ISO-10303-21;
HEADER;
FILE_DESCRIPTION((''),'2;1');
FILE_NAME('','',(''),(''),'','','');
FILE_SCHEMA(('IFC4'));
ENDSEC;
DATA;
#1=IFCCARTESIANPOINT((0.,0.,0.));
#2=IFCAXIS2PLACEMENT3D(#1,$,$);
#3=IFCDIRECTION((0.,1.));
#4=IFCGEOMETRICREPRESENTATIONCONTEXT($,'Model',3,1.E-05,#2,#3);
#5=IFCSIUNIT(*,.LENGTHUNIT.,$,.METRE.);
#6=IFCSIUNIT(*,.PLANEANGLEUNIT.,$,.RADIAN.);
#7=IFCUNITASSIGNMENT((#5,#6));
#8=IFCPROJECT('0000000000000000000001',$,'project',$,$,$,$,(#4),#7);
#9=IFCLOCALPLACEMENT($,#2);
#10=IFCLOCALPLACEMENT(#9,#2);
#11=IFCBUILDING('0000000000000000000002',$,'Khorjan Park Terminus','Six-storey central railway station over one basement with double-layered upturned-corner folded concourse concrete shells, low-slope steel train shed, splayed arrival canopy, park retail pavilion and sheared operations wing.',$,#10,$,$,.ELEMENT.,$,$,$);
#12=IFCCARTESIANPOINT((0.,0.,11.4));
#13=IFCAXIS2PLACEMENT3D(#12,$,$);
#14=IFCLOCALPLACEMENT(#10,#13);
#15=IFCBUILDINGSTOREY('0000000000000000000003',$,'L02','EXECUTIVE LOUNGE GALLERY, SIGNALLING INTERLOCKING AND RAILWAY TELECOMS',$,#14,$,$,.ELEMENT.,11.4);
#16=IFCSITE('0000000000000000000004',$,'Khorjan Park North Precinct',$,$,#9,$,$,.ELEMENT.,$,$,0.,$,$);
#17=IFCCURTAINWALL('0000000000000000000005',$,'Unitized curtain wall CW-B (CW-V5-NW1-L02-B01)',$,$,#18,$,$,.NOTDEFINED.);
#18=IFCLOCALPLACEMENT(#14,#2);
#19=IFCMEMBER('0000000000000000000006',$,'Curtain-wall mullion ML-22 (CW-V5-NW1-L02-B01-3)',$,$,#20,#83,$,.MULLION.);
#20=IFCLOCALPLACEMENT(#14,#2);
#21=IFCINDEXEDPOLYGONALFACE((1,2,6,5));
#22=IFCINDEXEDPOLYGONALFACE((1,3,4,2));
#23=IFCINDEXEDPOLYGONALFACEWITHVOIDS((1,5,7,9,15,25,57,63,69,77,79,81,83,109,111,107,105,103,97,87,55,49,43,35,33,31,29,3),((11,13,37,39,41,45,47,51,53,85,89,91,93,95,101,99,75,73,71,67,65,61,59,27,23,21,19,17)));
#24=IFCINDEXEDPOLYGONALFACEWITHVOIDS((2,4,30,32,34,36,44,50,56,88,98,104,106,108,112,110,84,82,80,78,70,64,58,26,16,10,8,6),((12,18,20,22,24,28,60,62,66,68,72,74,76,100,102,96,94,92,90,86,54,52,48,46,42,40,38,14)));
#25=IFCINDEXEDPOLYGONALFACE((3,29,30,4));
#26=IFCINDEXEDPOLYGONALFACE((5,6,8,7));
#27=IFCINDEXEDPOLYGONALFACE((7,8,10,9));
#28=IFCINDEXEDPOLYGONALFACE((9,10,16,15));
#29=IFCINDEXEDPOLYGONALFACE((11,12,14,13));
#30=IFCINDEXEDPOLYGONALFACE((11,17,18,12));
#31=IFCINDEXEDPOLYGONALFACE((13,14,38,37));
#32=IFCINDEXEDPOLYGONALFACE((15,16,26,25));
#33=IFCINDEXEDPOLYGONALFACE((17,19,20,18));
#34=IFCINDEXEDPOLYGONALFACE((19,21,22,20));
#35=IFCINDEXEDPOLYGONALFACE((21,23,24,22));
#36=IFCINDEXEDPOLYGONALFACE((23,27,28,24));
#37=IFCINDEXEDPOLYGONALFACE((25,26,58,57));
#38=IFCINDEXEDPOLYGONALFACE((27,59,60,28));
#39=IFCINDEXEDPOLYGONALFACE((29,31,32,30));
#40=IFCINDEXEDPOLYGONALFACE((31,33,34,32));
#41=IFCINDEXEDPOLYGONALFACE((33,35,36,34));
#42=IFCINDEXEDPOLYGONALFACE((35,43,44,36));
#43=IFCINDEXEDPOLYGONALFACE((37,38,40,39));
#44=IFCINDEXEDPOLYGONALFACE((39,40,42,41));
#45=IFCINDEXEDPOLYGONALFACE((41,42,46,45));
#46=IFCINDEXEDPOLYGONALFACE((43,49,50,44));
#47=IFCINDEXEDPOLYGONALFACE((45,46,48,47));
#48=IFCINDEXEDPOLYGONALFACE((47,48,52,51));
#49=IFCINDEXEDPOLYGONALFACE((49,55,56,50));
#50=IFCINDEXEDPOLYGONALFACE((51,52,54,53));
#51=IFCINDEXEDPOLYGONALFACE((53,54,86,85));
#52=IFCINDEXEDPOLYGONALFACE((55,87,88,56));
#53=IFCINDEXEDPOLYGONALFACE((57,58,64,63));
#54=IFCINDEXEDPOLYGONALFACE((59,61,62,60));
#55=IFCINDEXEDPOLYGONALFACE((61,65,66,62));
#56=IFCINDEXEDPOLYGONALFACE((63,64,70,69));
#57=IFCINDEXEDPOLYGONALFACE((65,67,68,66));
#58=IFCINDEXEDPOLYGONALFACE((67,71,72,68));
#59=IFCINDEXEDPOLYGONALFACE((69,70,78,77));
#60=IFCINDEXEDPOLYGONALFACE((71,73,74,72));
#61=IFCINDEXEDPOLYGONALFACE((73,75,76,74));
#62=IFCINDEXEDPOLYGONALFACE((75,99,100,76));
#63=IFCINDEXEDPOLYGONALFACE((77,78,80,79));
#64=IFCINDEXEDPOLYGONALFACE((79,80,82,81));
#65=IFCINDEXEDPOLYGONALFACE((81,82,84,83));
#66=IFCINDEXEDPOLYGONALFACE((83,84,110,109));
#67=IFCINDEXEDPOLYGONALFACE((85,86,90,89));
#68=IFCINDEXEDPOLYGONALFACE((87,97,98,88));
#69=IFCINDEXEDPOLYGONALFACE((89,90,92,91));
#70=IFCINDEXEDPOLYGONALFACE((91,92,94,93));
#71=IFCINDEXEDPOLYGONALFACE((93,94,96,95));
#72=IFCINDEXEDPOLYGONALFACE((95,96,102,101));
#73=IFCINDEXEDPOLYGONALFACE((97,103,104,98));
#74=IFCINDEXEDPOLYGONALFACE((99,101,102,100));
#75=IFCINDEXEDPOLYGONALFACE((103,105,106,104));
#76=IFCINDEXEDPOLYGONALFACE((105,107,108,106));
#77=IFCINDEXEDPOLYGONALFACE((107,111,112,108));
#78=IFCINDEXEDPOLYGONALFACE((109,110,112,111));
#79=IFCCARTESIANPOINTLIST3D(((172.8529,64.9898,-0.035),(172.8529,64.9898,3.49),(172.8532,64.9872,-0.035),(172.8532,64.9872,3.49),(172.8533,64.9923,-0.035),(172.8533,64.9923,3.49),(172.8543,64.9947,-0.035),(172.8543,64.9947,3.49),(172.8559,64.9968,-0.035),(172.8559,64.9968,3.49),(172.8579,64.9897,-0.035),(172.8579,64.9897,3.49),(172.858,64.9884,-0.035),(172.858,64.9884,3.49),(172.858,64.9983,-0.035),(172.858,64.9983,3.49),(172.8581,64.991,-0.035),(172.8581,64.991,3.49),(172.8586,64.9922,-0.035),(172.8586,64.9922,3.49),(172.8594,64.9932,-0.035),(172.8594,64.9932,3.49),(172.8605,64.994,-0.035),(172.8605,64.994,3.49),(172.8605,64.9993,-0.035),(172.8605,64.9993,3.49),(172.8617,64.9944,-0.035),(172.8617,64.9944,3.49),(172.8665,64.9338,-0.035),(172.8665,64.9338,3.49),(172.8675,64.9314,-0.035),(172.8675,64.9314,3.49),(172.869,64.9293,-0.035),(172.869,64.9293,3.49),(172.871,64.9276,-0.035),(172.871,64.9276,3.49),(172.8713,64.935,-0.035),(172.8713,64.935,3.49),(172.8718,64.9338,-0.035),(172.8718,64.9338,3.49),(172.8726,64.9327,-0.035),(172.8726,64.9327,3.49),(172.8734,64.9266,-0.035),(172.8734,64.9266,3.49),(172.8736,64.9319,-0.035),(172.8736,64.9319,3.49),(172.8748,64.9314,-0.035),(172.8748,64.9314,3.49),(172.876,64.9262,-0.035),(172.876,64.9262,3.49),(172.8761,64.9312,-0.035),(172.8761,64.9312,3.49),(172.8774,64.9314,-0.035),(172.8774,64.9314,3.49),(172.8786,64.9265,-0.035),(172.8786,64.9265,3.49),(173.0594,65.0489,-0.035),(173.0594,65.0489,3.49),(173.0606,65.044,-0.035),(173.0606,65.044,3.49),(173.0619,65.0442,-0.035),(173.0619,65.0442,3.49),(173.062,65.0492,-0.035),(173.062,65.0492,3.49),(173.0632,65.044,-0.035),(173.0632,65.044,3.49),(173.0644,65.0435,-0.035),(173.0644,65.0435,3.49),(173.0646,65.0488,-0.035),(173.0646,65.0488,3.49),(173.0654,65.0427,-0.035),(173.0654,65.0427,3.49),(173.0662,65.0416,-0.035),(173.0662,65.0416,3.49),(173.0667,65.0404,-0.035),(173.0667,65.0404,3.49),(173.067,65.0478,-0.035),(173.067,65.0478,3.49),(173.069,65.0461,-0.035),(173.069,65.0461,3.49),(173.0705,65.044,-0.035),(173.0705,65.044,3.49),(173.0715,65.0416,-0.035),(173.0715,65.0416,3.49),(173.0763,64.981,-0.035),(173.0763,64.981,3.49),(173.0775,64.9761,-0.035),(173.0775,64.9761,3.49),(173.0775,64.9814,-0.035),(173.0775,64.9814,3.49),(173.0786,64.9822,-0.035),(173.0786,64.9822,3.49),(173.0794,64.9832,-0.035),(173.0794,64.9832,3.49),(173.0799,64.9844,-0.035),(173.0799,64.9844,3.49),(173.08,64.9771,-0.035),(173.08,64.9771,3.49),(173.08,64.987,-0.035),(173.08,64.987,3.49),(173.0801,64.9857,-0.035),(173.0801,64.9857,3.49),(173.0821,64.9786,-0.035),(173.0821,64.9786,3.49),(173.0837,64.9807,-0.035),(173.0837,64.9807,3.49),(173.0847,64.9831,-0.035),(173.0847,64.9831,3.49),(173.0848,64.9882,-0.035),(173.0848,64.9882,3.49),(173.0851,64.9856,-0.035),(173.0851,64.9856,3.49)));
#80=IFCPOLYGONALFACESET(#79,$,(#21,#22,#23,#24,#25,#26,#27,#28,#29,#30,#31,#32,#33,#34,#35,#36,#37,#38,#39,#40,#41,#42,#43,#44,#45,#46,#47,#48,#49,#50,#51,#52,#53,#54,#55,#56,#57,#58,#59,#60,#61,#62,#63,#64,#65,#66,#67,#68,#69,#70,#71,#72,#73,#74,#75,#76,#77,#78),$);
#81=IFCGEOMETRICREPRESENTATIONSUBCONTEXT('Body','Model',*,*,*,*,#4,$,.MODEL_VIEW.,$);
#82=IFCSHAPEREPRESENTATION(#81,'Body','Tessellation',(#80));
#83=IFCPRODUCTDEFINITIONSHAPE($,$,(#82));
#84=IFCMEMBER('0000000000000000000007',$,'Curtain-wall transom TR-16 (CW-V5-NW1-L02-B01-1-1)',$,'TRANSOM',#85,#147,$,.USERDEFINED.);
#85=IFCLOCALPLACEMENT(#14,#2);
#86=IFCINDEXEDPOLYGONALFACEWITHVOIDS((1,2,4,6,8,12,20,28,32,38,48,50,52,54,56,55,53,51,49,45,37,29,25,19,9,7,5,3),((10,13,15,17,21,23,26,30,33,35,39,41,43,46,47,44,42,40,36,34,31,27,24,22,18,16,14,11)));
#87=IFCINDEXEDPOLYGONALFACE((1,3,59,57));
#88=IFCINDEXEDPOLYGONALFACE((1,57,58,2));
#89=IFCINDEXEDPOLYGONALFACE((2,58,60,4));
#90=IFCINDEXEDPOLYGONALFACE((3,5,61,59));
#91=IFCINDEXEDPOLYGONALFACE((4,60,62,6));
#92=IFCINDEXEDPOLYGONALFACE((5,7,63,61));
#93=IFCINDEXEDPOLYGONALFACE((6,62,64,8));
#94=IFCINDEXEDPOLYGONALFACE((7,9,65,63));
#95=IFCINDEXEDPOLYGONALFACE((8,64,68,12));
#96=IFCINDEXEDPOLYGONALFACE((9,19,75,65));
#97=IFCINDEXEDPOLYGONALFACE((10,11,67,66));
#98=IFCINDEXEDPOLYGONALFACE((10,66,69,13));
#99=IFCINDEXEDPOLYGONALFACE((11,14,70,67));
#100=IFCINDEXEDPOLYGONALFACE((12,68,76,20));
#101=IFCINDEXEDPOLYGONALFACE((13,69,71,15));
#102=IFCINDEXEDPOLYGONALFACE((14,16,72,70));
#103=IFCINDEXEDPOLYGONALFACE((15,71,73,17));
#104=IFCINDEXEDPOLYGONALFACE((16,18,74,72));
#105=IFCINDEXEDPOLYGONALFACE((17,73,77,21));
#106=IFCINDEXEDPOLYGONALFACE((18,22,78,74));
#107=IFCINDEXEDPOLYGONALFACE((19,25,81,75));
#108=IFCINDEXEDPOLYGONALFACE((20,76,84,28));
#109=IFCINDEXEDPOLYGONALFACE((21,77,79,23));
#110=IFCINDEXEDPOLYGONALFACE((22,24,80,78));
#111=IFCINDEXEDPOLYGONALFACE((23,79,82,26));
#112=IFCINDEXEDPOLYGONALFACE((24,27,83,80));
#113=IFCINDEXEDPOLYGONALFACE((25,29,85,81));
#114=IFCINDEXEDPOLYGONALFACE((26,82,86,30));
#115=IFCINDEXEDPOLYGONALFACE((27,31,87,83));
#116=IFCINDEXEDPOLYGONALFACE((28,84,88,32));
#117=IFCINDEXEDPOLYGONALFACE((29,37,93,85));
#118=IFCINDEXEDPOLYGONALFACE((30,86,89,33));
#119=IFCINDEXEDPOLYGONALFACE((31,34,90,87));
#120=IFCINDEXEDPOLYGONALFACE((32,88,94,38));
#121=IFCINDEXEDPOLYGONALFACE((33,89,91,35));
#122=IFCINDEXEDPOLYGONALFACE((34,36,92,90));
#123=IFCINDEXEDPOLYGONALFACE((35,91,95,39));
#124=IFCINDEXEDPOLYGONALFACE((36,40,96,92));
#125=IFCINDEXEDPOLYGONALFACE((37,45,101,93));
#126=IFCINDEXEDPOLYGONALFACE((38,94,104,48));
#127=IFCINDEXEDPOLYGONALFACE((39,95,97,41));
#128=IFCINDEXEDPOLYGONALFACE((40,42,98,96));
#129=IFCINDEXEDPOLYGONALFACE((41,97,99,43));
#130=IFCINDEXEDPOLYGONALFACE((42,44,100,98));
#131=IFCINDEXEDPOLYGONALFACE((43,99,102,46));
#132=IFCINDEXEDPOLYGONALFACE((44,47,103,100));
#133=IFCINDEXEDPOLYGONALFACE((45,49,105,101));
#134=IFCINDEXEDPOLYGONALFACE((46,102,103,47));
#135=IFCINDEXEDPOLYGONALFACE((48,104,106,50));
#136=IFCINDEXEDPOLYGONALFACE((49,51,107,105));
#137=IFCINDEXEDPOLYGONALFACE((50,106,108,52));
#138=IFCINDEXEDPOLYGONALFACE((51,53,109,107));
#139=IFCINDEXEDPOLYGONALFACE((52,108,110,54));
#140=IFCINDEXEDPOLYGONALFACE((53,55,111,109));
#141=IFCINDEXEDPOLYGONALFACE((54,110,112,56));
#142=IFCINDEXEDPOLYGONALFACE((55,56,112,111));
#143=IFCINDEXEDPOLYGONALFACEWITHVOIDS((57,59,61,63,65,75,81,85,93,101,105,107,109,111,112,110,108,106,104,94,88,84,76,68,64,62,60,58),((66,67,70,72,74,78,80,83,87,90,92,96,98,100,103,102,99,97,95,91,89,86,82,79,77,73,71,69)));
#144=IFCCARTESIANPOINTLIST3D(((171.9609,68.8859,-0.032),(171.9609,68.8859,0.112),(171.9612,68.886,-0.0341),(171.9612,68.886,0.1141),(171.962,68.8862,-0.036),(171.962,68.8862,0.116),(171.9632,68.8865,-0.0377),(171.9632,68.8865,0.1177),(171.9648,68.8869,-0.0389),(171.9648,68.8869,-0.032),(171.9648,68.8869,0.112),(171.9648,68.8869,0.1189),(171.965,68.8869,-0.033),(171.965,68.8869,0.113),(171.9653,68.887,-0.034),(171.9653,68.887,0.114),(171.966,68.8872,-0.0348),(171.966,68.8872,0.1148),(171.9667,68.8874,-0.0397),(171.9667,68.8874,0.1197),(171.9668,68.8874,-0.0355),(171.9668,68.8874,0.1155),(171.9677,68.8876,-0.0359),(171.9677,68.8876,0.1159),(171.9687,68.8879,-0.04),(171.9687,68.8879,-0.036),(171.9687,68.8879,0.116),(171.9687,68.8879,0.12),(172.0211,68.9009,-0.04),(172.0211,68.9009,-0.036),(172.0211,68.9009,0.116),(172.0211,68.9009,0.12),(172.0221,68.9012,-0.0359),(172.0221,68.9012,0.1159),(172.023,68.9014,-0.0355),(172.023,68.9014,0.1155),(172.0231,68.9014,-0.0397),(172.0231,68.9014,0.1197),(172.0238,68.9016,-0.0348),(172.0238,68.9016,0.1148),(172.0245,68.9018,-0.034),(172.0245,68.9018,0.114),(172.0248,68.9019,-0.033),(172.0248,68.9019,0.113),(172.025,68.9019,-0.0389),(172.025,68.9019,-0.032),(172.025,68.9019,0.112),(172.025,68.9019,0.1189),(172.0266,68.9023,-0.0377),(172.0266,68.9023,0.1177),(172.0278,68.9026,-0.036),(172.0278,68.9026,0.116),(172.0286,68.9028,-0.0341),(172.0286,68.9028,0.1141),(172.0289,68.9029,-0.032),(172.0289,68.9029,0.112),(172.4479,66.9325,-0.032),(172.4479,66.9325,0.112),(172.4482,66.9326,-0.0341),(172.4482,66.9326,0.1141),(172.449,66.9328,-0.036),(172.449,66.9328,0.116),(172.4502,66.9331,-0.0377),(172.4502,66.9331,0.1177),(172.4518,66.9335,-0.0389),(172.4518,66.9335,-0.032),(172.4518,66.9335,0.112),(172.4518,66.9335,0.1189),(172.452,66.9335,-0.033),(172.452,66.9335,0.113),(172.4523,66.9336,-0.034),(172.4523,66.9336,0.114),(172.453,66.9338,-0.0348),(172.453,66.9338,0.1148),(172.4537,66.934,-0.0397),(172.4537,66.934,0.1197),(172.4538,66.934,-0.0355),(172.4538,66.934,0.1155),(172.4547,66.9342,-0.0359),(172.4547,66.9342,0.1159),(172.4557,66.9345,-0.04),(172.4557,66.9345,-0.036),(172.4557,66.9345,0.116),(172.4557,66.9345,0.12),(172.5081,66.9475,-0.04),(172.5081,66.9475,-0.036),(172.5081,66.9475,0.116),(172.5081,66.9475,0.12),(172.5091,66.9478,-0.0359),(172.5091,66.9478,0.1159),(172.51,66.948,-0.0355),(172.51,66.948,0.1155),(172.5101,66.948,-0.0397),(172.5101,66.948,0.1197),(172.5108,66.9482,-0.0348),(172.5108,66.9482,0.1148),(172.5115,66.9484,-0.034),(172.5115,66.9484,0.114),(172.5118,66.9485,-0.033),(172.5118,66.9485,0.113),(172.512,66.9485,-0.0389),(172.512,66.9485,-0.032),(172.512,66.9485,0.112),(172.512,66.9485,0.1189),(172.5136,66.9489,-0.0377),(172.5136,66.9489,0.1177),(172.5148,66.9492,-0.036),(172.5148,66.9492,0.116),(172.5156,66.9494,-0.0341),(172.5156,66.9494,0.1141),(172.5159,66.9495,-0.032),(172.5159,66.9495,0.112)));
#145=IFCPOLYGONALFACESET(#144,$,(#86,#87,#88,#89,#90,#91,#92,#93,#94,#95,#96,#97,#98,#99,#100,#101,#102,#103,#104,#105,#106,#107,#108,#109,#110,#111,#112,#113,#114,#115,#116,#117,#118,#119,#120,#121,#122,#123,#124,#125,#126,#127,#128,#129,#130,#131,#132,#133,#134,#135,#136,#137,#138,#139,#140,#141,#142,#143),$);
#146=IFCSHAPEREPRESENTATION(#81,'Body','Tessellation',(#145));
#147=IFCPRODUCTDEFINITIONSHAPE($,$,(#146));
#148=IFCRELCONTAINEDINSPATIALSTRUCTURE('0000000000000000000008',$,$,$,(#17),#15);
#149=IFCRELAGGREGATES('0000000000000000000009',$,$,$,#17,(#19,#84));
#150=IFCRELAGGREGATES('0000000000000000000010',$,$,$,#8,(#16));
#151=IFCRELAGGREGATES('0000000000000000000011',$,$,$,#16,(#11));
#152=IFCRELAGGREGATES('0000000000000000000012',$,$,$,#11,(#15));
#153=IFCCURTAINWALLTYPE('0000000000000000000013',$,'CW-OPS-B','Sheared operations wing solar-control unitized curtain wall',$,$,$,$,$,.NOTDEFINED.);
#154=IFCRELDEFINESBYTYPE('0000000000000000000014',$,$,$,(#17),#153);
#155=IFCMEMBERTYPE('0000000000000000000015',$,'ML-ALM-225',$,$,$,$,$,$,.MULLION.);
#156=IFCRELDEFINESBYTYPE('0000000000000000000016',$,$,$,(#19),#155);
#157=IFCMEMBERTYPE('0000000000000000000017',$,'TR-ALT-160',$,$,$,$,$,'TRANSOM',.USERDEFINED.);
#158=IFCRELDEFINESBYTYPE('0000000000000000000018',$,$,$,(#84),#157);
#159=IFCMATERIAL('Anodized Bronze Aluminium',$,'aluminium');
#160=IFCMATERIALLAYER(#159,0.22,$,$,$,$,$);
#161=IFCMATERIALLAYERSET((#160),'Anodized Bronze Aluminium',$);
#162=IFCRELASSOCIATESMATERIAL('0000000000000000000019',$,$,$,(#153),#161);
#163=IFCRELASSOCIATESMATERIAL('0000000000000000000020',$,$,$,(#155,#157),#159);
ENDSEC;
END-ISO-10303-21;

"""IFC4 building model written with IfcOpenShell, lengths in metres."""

from ifc_helpers import new_model, si_unit, direction, frame, origin, origin_2d, place, context, subcontext, project, spatial, hollow_rectangle, extrude, material, layer, layer_set, material_profile, profile_set, type_object, element, aggregate, save


model = new_model("IFC4")

# Units and contexts
model_context = context("Model", 3, precision=1e-05, world=origin(), true_north=direction((0.0, 1.0)))
body_context = subcontext(model_context, "Body", "Model", "MODEL_VIEW")
ifc_project = project(units=[si_unit("LENGTHUNIT", "METRE"), si_unit("PLANEANGLEUNIT", "RADIAN")], contexts=[model_context])

# Site, building, storey
site_placement = place(None, origin())
site = spatial("IfcSite", under=ifc_project, at=site_placement, Name="Khorjan Park North Precinct", CompositionType="ELEMENT", RefElevation=0.0)
building_placement = place(site_placement, origin())
building = spatial("IfcBuilding", under=site, at=building_placement, Name="Khorjan Park Terminus", Description="Six-storey central railway station over one basement with double-layered upturned-corner folded concourse concrete shells, low-slope steel train shed, splayed arrival canopy, park retail pavilion and sheared operations wing.", CompositionType="ELEMENT")
storey_placement = place(building_placement, frame((0.0, 0.0, 11.4)))
storey = spatial("IfcBuildingStorey", under=building, at=storey_placement, Name="L02", Description="EXECUTIVE LOUNGE GALLERY, SIGNALLING INTERLOCKING AND RAILWAY TELECOMS", CompositionType="ELEMENT", Elevation=11.4)

# Curtain wall, members
ifc_material_1 = material(Name="Anodized Bronze Aluminium", Category="aluminium")
ifc_layer_1 = layer(ifc_material_1, 0.22)
ifc_layer_set_1 = layer_set([ifc_layer_1], Name="Anodized Bronze Aluminium")
curtain_wall_type = type_object("IfcCurtainWallType", Name="CW-OPS-B", Description="Sheared operations wing solar-control unitized curtain wall", PredefinedType="NOTDEFINED", material=ifc_layer_set_1)
curtain_wall_placement = place(storey_placement, origin())
curtain_wall = element("IfcCurtainWall", 1, at=curtain_wall_placement, inside=storey, type_object=curtain_wall_type, Name="Unitized curtain wall CW-B (CW-V5-NW1-L02-B01)", PredefinedType="NOTDEFINED")
ifc_material_profile_1 = material_profile(ifc_material_1, hollow_rectangle(XDim=0.075, YDim=0.225, WallThickness=0.005, InnerFilletRadius=0.005, OuterFilletRadius=0.01, at=origin_2d()), Name="ALM 75x225x5")
ifc_profile_set_1 = profile_set([ifc_material_profile_1], Name="Anodized Bronze Aluminium")
member_type_1 = type_object("IfcMemberType", Name="ML-ALM-225", PredefinedType="MULLION", material=ifc_profile_set_1)
member_1_placement = place(storey_placement, frame((172.969, 64.9877, -0.035), z_axis=(0.0, 0.0, 1.0), x_axis=(0.241921, -0.970296, 0.0)))
member_1 = element("IfcMember", 2, at=member_1_placement, type_object=member_type_1, Name="Curtain-wall mullion ML-22 (CW-V5-NW1-L02-B01-3)", PredefinedType="MULLION", context=body_context, shape_type="SweptSolid", body=[
    extrude(hollow_rectangle(XDim=0.075, YDim=0.225, WallThickness=0.005, InnerFilletRadius=0.005, OuterFilletRadius=0.01, at=origin_2d()), origin(), (0.0, 0.0, 1.0), 3.525),
])
ifc_material_profile_2 = material_profile(ifc_material_1, hollow_rectangle(XDim=0.07, YDim=0.16, WallThickness=0.004, InnerFilletRadius=0.004, OuterFilletRadius=0.008, at=origin_2d()), Name="ALT 70x160x4")
ifc_profile_set_2 = profile_set([ifc_material_profile_2], Name="Anodized Bronze Aluminium")
member_type_2 = type_object("IfcMemberType", Name="TR-ALT-160", ElementType="TRANSOM", PredefinedType="USERDEFINED", material=ifc_profile_set_2)
member_2_placement = place(storey_placement, frame((171.9949, 68.8944, 0.04), z_axis=(0.241904, -0.9703, 0.0), x_axis=(0.9703, 0.241904, 0.0)))
member_2 = element("IfcMember", 3, at=member_2_placement, type_object=member_type_2, Name="Curtain-wall transom TR-16 (CW-V5-NW1-L02-B01-1-1)", ObjectType="TRANSOM", PredefinedType="USERDEFINED", context=body_context, shape_type="SweptSolid", body=[
    extrude(hollow_rectangle(XDim=0.07, YDim=0.16, WallThickness=0.004, InnerFilletRadius=0.004, OuterFilletRadius=0.008, at=origin_2d()), origin(), (0.0, 0.0, 1.0), 2.0132),
])
aggregate(curtain_wall, [member_1, member_2])

save(model, "model.ifc")
